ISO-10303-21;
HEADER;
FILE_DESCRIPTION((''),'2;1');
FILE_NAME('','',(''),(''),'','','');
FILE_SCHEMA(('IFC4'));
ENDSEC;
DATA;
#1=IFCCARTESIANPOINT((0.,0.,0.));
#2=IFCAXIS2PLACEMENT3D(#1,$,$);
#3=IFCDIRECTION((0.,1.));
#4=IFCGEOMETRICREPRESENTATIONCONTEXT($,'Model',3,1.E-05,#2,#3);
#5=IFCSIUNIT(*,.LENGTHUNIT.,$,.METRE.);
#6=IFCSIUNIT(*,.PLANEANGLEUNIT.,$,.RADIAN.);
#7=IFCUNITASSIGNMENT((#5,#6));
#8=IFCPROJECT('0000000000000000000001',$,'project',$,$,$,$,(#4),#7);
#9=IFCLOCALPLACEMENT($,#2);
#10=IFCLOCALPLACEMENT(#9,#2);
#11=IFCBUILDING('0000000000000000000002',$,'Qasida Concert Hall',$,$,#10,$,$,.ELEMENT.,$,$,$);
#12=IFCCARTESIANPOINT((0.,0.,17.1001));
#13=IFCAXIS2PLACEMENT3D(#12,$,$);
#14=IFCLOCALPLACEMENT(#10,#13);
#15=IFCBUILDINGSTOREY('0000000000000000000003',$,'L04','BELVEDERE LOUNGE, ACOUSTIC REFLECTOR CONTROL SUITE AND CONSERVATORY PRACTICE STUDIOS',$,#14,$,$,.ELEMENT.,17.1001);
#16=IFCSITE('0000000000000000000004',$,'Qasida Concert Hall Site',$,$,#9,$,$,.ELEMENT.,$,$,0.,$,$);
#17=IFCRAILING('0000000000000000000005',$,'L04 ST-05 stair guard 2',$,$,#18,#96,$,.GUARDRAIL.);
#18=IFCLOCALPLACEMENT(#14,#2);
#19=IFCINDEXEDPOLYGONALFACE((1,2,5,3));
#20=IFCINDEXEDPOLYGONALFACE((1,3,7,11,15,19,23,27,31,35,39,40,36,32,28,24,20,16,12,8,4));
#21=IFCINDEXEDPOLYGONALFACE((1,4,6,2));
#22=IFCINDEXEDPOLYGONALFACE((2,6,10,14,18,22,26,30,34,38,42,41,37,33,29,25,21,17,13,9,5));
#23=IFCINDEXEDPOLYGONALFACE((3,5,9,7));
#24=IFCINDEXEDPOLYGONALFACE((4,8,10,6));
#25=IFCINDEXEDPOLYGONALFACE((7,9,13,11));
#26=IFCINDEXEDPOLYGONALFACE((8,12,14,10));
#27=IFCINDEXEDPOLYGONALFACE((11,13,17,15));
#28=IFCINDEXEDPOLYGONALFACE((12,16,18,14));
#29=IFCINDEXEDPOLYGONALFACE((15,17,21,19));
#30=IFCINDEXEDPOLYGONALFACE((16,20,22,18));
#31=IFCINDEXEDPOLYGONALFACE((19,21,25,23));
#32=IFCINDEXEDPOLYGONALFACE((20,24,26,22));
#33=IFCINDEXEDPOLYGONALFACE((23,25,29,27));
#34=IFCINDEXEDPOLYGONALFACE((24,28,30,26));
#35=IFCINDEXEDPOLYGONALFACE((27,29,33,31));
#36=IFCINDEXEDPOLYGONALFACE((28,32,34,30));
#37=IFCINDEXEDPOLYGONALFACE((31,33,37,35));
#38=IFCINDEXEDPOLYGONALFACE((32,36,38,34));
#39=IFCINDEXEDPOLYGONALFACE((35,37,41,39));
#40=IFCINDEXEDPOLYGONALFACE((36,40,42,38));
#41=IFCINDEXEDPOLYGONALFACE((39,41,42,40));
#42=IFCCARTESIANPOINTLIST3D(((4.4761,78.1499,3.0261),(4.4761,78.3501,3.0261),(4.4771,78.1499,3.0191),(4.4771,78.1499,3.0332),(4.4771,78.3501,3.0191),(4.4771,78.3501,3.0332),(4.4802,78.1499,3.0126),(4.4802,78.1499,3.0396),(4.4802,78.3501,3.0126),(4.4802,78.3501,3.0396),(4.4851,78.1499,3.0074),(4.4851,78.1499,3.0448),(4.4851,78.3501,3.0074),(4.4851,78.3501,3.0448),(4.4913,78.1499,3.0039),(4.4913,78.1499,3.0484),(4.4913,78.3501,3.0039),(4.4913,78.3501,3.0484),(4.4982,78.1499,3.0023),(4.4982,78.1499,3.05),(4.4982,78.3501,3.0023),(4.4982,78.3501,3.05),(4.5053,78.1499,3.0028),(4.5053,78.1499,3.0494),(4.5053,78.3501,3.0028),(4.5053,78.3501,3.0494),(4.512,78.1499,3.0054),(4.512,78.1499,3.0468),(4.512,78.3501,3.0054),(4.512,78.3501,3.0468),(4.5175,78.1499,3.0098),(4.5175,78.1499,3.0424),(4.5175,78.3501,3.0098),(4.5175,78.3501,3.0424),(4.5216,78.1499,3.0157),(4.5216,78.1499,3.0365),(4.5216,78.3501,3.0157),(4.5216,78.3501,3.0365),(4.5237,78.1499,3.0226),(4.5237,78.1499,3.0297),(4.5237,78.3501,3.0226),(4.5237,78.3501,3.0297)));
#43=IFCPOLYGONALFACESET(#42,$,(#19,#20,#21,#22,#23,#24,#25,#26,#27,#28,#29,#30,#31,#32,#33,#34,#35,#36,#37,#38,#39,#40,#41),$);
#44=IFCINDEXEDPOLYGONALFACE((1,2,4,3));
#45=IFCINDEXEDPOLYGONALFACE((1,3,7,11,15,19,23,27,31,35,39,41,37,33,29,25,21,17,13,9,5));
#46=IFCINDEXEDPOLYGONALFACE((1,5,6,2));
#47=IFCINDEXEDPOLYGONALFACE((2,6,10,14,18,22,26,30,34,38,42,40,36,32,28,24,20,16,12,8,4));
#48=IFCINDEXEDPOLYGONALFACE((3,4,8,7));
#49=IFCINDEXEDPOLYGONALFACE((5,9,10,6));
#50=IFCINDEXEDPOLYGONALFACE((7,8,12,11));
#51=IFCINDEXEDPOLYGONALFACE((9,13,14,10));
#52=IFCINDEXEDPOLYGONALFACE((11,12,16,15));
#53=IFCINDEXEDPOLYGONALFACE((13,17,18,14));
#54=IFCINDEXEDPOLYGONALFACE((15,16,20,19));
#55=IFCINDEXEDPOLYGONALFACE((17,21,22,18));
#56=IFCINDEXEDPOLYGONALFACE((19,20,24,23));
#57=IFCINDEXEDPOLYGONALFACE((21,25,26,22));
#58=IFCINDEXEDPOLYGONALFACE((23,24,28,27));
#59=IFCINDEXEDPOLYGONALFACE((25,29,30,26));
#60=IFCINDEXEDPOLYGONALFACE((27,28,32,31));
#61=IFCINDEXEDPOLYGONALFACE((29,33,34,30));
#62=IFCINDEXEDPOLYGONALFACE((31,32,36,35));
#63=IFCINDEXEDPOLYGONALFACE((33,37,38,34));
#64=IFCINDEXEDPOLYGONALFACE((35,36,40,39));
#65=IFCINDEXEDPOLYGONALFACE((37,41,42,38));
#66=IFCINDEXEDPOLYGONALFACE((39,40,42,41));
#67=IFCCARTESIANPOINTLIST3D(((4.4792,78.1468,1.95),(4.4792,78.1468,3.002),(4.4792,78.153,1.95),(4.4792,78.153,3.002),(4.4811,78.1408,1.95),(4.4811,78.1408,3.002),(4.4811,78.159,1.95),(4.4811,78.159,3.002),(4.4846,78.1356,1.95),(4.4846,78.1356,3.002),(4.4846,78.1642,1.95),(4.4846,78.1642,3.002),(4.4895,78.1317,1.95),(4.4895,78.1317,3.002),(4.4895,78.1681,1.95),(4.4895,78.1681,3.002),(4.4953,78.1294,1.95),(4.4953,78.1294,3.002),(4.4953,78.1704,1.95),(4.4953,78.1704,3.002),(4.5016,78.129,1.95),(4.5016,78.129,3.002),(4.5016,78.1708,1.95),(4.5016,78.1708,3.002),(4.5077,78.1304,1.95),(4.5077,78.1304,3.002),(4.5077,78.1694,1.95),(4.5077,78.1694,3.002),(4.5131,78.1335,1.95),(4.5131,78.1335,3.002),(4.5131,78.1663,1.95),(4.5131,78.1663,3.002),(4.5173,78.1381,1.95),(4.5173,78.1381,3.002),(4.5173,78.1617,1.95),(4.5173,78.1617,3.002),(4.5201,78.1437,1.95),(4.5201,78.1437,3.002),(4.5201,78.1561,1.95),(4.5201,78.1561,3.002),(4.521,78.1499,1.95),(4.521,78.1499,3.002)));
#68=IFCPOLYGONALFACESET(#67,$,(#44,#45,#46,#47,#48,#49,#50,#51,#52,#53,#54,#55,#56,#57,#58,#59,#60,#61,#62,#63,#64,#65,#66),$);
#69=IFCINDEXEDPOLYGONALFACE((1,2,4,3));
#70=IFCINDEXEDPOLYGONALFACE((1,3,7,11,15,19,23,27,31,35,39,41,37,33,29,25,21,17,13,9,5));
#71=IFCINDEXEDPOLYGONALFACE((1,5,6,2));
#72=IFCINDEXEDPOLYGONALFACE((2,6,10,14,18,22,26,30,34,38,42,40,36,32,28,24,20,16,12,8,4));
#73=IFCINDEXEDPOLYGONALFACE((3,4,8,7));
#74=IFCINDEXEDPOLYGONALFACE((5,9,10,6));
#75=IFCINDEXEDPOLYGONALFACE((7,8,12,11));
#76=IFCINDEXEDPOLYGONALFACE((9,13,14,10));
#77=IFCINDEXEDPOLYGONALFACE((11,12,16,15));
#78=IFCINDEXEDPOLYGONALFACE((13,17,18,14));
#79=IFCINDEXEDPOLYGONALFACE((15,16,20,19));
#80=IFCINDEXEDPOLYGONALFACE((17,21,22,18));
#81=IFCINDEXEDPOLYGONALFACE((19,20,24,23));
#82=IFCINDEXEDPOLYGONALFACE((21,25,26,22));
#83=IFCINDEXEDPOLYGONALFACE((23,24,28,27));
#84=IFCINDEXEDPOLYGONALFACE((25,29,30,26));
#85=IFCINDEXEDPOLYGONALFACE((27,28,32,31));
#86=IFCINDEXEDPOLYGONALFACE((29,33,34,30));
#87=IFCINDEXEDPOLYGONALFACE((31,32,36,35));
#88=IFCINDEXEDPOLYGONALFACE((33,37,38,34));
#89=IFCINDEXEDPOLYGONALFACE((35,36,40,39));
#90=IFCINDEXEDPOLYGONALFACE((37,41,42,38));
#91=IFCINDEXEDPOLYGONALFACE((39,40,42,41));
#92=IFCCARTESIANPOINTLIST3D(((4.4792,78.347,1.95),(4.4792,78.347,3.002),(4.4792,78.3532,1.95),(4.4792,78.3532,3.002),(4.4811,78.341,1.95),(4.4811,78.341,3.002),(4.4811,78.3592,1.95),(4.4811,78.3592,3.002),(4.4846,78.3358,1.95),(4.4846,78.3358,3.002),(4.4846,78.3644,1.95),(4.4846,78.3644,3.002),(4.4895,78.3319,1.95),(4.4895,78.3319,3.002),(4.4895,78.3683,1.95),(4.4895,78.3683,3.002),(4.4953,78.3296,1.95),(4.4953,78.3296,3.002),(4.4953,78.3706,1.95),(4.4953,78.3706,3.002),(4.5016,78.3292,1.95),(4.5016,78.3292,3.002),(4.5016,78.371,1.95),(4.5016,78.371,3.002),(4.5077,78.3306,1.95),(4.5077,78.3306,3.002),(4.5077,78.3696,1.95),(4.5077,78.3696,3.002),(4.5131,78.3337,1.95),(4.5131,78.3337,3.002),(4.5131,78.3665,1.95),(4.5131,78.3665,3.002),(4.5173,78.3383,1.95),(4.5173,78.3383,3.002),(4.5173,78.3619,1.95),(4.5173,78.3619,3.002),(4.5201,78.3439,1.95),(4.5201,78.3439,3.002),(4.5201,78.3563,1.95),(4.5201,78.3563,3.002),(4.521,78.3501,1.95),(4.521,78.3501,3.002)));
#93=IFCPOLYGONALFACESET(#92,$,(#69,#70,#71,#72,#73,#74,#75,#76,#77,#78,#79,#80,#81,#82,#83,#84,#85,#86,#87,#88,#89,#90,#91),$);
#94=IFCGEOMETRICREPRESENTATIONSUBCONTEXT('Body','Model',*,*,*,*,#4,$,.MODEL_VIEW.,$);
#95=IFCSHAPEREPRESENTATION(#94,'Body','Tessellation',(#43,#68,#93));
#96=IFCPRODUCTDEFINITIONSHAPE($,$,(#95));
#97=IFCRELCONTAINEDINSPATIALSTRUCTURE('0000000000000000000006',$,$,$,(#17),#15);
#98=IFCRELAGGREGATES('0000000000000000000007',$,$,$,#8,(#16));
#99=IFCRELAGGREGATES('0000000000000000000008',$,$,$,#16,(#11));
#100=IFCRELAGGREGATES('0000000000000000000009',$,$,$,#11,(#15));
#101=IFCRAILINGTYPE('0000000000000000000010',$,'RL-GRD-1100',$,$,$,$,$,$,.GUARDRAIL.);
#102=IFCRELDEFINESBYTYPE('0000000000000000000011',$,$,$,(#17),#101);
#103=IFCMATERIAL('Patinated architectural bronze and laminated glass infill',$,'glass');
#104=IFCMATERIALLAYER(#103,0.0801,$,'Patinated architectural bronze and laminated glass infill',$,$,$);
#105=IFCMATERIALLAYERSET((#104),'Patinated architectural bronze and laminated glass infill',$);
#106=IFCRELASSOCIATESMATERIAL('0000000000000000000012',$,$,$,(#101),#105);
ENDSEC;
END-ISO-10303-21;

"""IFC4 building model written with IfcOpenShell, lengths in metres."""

from ifc_helpers import new_model, si_unit, direction, frame, origin, origin_2d, place, context, subcontext, project, spatial, circle, extrude, material, layer, layer_set, type_object, element, save


model = new_model("IFC4")

# Units and contexts
model_context = context("Model", 3, precision=1e-05, world=origin(), true_north=direction((0.0, 1.0)))
body_context = subcontext(model_context, "Body", "Model", "MODEL_VIEW")
ifc_project = project(units=[si_unit("LENGTHUNIT", "METRE"), si_unit("PLANEANGLEUNIT", "RADIAN")], contexts=[model_context])

# Site, building, storey
site_placement = place(None, origin())
site = spatial("IfcSite", under=ifc_project, at=site_placement, Name="Qasida Concert Hall Site", CompositionType="ELEMENT", RefElevation=0.0)
building_placement = place(site_placement, origin())
building = spatial("IfcBuilding", under=site, at=building_placement, Name="Qasida Concert Hall", CompositionType="ELEMENT")
storey_placement = place(building_placement, frame((0.0, 0.0, 17.1001)))
storey = spatial("IfcBuildingStorey", under=building, at=storey_placement, Name="L04", Description="BELVEDERE LOUNGE, ACOUSTIC REFLECTOR CONTROL SUITE AND CONSERVATORY PRACTICE STUDIOS", CompositionType="ELEMENT", Elevation=17.1001)

# Railing
ifc_material_1 = material(Name="Patinated architectural bronze and laminated glass infill", Category="glass")
ifc_layer_1 = layer(ifc_material_1, 0.0801, Name="Patinated architectural bronze and laminated glass infill")
ifc_layer_set_1 = layer_set([ifc_layer_1], Name="Patinated architectural bronze and laminated glass infill")
railing_type_1 = type_object("IfcRailingType", Name="RL-GRD-1100", PredefinedType="GUARDRAIL", material=ifc_layer_set_1)
railing_1_placement = place(storey_placement, frame((4.5, 78.1499, 1.95)))
element("IfcRailing", 1, at=railing_1_placement, inside=storey, type_object=railing_type_1, Name="L04 ST-05 stair guard 2", PredefinedType="GUARDRAIL", context=body_context, shape_type="SweptSolid", body=[
    extrude(circle(Radius=0.0239, at=origin_2d()), frame((0.0, 0.0, 1.0762), z_axis=(0.0, 1.0, 0.0), x_axis=(-1.0, 0.0, 0.0)), (0.0, 0.0, 1.0), 0.2002),
    extrude(circle(Radius=0.021, at=origin_2d()), origin(), (0.0, 0.0, 1.0), 1.052),
    extrude(circle(Radius=0.021, at=origin_2d()), frame((0.0, 0.2002, 0.0)), (0.0, 0.0, 1.0), 1.052),
])

save(model, "model.ifc")
